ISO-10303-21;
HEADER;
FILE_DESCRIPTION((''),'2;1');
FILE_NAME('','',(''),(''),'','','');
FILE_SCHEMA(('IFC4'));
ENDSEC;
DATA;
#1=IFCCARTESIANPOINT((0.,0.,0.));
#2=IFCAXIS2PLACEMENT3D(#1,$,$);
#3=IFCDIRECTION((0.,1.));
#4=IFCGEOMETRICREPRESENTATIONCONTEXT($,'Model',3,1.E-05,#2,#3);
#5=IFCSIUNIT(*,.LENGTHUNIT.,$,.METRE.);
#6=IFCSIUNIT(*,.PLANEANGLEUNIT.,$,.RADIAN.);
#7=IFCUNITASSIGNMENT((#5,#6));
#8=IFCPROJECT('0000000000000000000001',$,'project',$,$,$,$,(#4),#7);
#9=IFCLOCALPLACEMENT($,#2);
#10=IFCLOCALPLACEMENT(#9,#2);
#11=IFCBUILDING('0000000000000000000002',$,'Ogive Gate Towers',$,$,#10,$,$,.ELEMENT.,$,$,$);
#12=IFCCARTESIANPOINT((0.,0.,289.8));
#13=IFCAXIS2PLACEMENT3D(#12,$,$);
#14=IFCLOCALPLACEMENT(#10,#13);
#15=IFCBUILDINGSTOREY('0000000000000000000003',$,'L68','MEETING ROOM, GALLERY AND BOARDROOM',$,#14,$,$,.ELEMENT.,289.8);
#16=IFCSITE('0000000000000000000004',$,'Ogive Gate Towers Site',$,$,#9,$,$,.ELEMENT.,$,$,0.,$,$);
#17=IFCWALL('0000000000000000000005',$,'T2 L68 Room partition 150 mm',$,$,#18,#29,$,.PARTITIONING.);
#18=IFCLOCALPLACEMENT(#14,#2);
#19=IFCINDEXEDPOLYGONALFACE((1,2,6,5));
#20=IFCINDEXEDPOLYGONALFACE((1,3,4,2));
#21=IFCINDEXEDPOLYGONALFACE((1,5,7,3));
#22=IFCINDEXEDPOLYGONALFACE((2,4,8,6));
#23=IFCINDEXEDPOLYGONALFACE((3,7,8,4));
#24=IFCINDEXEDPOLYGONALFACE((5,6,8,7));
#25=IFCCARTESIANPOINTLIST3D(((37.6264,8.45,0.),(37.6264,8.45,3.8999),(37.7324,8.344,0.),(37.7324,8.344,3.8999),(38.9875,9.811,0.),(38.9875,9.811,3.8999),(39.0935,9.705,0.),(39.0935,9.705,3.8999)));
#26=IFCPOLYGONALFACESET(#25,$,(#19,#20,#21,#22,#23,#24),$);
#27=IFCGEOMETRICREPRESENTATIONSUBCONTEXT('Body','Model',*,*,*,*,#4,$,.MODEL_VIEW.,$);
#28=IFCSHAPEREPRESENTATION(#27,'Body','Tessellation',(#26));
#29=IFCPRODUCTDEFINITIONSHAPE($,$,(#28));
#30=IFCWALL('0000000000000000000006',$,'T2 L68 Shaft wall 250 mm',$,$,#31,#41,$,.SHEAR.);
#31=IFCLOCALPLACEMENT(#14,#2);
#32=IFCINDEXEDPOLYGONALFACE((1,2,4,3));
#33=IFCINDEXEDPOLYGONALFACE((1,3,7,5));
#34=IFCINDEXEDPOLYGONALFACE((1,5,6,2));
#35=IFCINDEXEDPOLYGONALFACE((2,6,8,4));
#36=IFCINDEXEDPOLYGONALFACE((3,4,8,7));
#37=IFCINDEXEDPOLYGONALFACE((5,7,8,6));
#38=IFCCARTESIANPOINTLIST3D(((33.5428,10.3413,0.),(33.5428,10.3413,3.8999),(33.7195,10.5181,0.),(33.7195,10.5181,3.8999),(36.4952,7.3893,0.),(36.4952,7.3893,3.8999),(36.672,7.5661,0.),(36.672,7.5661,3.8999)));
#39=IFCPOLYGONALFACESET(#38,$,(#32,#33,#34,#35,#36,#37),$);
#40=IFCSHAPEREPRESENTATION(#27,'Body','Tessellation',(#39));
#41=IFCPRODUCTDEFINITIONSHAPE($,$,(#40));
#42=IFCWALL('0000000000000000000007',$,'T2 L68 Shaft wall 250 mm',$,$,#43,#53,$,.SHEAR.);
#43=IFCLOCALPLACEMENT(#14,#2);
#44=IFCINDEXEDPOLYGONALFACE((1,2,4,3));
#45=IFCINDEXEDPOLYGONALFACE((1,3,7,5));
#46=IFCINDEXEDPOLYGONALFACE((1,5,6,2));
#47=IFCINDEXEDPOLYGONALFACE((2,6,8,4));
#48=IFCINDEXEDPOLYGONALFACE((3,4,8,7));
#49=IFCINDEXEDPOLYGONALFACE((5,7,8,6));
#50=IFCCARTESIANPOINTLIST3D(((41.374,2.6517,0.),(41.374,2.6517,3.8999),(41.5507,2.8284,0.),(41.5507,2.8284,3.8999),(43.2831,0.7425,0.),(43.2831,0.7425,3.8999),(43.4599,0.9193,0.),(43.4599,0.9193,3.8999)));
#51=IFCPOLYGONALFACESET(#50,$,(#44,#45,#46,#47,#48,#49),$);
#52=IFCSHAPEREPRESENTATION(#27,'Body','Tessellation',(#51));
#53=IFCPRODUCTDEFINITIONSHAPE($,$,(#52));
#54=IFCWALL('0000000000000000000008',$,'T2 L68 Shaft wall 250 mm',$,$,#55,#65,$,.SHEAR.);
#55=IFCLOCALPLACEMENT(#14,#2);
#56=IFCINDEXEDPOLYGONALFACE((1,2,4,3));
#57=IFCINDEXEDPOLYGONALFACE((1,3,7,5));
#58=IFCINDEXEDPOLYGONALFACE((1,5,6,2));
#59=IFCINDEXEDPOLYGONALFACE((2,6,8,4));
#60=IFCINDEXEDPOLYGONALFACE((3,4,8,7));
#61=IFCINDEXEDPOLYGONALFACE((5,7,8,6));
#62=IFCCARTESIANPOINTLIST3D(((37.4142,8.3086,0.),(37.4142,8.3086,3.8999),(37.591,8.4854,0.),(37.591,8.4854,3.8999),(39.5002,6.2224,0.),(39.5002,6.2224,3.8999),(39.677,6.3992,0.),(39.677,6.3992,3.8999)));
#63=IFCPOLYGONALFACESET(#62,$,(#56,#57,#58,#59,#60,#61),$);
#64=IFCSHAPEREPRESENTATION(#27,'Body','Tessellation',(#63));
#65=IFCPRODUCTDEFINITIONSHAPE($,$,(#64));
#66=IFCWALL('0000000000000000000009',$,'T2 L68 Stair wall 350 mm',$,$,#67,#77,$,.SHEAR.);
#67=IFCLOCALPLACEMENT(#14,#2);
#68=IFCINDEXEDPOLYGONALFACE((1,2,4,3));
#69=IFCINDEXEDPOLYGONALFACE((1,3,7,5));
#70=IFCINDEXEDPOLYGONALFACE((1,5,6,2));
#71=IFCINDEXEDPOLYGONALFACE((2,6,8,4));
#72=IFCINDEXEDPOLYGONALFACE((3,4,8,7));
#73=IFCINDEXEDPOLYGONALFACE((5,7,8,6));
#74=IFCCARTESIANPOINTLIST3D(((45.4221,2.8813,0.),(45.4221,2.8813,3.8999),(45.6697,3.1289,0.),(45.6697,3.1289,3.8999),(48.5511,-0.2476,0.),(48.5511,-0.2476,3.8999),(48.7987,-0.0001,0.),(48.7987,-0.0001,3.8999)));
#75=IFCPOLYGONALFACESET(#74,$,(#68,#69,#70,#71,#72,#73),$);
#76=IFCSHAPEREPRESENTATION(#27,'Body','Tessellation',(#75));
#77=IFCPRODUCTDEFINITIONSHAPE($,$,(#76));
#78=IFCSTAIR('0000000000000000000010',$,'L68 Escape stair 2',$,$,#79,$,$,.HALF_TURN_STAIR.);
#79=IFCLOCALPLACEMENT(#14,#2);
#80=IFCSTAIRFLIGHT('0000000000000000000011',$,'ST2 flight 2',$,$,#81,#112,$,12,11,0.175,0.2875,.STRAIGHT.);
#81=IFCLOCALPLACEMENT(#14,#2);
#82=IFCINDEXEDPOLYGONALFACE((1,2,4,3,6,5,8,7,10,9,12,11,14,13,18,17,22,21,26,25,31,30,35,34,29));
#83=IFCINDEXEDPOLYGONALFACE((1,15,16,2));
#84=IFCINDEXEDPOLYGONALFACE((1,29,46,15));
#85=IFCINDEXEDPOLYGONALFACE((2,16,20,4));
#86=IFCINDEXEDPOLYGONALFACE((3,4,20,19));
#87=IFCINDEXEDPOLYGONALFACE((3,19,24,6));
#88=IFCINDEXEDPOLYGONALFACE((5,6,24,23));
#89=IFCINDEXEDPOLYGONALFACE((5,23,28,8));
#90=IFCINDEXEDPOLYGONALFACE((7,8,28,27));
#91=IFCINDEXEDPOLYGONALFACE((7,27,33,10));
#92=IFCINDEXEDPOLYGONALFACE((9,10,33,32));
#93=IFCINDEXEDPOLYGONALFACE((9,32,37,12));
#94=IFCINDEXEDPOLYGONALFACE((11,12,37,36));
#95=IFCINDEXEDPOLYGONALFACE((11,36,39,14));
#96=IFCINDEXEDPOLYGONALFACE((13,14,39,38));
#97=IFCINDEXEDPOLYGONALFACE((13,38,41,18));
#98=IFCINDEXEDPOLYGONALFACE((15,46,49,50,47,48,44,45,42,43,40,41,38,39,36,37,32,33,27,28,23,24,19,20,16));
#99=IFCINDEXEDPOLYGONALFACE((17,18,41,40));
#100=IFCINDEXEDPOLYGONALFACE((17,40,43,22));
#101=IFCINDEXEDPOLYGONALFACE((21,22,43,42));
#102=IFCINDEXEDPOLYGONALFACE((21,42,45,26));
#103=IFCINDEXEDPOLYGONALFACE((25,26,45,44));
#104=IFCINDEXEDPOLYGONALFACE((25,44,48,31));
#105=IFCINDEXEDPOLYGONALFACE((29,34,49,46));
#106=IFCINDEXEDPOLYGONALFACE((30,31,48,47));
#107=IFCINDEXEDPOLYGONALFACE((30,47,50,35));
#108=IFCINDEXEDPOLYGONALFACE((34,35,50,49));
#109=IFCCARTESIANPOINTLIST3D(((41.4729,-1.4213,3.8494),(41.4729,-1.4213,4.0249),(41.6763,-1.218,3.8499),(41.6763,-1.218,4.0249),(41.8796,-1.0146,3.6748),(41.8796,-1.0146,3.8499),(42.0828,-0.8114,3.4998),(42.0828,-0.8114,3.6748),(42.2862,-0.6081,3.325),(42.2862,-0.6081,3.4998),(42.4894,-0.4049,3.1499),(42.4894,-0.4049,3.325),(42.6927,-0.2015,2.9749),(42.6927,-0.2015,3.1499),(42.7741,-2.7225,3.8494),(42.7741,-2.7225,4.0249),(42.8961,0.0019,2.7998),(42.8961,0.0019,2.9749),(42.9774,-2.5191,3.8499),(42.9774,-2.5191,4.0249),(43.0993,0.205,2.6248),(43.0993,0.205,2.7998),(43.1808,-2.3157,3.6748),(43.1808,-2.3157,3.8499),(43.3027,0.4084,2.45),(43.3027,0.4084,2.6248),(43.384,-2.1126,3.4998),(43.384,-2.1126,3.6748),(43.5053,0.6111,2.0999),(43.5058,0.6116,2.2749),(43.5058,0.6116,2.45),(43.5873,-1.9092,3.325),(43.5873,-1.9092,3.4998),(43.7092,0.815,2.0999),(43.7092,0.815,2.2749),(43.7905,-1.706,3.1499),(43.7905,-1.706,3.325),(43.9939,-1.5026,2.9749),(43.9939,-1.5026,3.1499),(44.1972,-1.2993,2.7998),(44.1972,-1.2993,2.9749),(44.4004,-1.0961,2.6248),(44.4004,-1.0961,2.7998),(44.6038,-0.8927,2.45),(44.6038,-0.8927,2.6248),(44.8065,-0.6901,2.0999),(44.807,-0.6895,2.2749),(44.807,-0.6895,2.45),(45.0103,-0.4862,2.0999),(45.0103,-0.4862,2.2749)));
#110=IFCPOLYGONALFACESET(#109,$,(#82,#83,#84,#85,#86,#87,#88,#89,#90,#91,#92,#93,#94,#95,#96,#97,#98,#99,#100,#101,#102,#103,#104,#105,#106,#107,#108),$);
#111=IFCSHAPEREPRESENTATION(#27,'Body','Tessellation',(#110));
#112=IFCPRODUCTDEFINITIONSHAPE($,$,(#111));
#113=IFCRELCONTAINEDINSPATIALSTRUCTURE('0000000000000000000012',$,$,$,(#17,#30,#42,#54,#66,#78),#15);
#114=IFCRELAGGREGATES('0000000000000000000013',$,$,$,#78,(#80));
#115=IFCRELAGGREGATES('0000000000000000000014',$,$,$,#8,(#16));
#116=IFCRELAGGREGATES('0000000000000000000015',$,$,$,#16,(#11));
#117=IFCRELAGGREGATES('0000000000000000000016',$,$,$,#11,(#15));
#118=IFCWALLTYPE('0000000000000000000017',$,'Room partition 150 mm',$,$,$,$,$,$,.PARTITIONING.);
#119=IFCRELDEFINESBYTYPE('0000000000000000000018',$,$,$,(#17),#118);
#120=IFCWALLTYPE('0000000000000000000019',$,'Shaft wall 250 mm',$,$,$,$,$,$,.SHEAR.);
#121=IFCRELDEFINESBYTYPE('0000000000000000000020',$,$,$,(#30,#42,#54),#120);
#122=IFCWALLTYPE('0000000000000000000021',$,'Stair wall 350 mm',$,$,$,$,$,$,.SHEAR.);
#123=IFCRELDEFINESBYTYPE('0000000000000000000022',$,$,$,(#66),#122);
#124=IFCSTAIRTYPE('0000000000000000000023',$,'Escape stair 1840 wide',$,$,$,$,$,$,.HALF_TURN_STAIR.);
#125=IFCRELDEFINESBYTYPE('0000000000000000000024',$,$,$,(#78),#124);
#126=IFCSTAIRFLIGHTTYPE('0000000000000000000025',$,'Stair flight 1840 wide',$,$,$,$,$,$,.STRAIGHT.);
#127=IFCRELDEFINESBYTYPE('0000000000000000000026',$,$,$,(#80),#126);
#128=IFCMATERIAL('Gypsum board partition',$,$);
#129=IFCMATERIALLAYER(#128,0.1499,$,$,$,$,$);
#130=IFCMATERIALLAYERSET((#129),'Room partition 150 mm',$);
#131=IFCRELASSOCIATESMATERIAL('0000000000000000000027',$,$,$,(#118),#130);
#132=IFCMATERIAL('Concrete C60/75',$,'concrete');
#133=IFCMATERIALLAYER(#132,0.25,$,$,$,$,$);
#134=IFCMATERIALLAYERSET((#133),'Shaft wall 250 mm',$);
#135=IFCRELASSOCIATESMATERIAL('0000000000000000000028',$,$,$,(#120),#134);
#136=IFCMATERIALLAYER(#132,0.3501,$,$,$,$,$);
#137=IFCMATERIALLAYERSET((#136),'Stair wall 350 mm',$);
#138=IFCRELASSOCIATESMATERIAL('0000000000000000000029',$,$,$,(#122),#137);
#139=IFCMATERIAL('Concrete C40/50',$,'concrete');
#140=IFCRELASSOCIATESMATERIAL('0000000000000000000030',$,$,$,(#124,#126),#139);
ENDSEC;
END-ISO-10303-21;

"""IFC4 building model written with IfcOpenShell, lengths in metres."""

from ifc_helpers import new_model, si_unit, direction, frame, frame_2d, origin, place, context, subcontext, project, spatial, polyline, rectangle, outline, extrude, material, layer, layer_set, type_object, element, aggregate, save


model = new_model("IFC4")

# Units and contexts
model_context = context("Model", 3, precision=1e-05, world=origin(), true_north=direction((0.0, 1.0)))
body_context = subcontext(model_context, "Body", "Model", "MODEL_VIEW")
ifc_project = project(units=[si_unit("LENGTHUNIT", "METRE"), si_unit("PLANEANGLEUNIT", "RADIAN")], contexts=[model_context])

# Site, building, storey
site_placement = place(None, origin())
site = spatial("IfcSite", under=ifc_project, at=site_placement, Name="Ogive Gate Towers Site", CompositionType="ELEMENT", RefElevation=0.0)
building_placement = place(site_placement, origin())
building = spatial("IfcBuilding", under=site, at=building_placement, Name="Ogive Gate Towers", CompositionType="ELEMENT")
storey_placement = place(building_placement, frame((0.0, 0.0, 289.8)))
storey = spatial("IfcBuildingStorey", under=building, at=storey_placement, Name="L68", Description="MEETING ROOM, GALLERY AND BOARDROOM", CompositionType="ELEMENT", Elevation=289.8)

# Shared definitions
ifc_material_1 = material(Name="Concrete C40/50", Category="concrete")

# Shared definitions
ifc_material_2 = material(Name="Concrete C60/75", Category="concrete")

# Walls
ifc_material_3 = material(Name="Gypsum board partition")
ifc_layer_1 = layer(ifc_material_3, 0.1499)
ifc_layer_set_1 = layer_set([ifc_layer_1], Name="Room partition 150 mm")
wall_type_1 = type_object("IfcWallType", Name="Room partition 150 mm", PredefinedType="PARTITIONING", material=ifc_layer_set_1)
wall_1_placement = place(storey_placement, frame((37.6794, 8.397, 0.0), z_axis=(0.0, 0.0, 1.0), x_axis=(0.707107, 0.707107, 0.0)))
element("IfcWall", 1, at=wall_1_placement, inside=storey, type_object=wall_type_1, Name="T2 L68 Room partition 150 mm", PredefinedType="PARTITIONING", context=body_context, shape_type="SweptSolid", body=[
    extrude(rectangle(XDim=1.9248, YDim=0.1499, at=frame_2d((0.9624, 0.0))), origin(), (0.0, 0.0, 1.0), 3.8999),
])
ifc_layer_2 = layer(ifc_material_2, 0.25)
ifc_layer_set_2 = layer_set([ifc_layer_2], Name="Shaft wall 250 mm")
wall_type_2 = type_object("IfcWallType", Name="Shaft wall 250 mm", PredefinedType="SHEAR", material=ifc_layer_set_2)
wall_2_placement = place(storey_placement, frame((36.5835, 7.4778, 0.0), z_axis=(0.0, 0.0, 1.0), x_axis=(-0.707165, 0.707048, 0.0)))
element("IfcWall", 2, at=wall_2_placement, inside=storey, type_object=wall_type_2, Name="T2 L68 Shaft wall 250 mm", PredefinedType="SHEAR", context=body_context, shape_type="SweptSolid", body=[
    extrude(rectangle(XDim=4.175, YDim=0.25, at=frame_2d((2.0874, 0.0))), origin(), (0.0, 0.0, 1.0), 3.8999),
])
wall_3_placement = place(storey_placement, frame((43.3716, 0.8308, 0.0), z_axis=(0.0, 0.0, 1.0), x_axis=(-0.707107, 0.707107, 0.0)))
element("IfcWall", 3, at=wall_3_placement, inside=storey, type_object=wall_type_2, Name="T2 L68 Shaft wall 250 mm", PredefinedType="SHEAR", context=body_context, shape_type="SweptSolid", body=[
    extrude(rectangle(XDim=2.7, YDim=0.25, at=frame_2d((1.3501, 0.0))), origin(), (0.0, 0.0, 1.0), 3.8999),
])
wall_4_placement = place(storey_placement, frame((39.5886, 6.3108, 0.0), z_axis=(0.0, 0.0, 1.0), x_axis=(-0.707065, 0.707148, 0.0)))
element("IfcWall", 4, at=wall_4_placement, inside=storey, type_object=wall_type_2, Name="T2 L68 Shaft wall 250 mm", PredefinedType="SHEAR", context=body_context, shape_type="SweptSolid", body=[
    extrude(rectangle(XDim=2.9502, YDim=0.25, at=frame_2d((1.4751, 0.0))), origin(), (0.0, 0.0, 1.0), 3.8999),
])
ifc_layer_3 = layer(ifc_material_2, 0.3501)
ifc_layer_set_3 = layer_set([ifc_layer_3], Name="Stair wall 350 mm")
wall_type_3 = type_object("IfcWallType", Name="Stair wall 350 mm", PredefinedType="SHEAR", material=ifc_layer_set_3)
wall_5_placement = place(storey_placement, frame((48.6748, -0.1238, 0.0), z_axis=(0.0, 0.0, 1.0), x_axis=(-0.707107, 0.707107, 0.0)))
element("IfcWall", 5, at=wall_5_placement, inside=storey, type_object=wall_type_3, Name="T2 L68 Stair wall 350 mm", PredefinedType="SHEAR", context=body_context, shape_type="SweptSolid", body=[
    extrude(rectangle(XDim=4.425, YDim=0.3501, at=frame_2d((2.2124, 0.0))), origin(), (0.0, 0.0, 1.0), 3.8999),
])

# Stair, stair flight
stair_type = type_object("IfcStairType", Name="Escape stair 1840 wide", PredefinedType="HALF_TURN_STAIR", material=ifc_material_1)
stair_placement = place(storey_placement, origin())
stair = element("IfcStair", 6, at=stair_placement, inside=storey, type_object=stair_type, Name="L68 Escape stair 2", PredefinedType="HALF_TURN_STAIR")
stair_flight_type = type_object("IfcStairFlightType", Name="Stair flight 1840 wide", PredefinedType="STRAIGHT", material=ifc_material_1)
stair_flight_placement = place(storey_placement, frame((44.3599, 0.1643, 2.0999), z_axis=(0.0, 0.0, 1.0), x_axis=(-0.707107, -0.707107, 0.0)))
stair_flight = element("IfcStairFlight", 7, at=stair_flight_placement, type_object=stair_flight_type, Name="ST2 flight 2", NumberOfRisers=12, NumberOfTreads=11, PredefinedType="STRAIGHT", RiserHeight=0.175, TreadLength=0.2875, context=body_context, shape_type="SweptSolid", body=[
    extrude(outline(polyline([(0.0, 0.0), (0.0, 0.175), (0.2876, 0.175), (0.2876, 0.3501), (0.575, 0.3501), (0.575, 0.5249), (0.8625, 0.5249), (0.8625, 0.7), (1.1499, 0.7), (1.1499, 0.875), (1.4375, 0.875), (1.4375, 1.05), (1.7251, 1.05), (1.7251, 1.2251), (2.0125, 1.2251), (2.0125, 1.3999), (2.3, 1.3999), (2.3, 1.575), (2.5874, 1.575), (2.5874, 1.75), (2.875, 1.75), (2.875, 1.925), (3.1626, 1.925), (3.1626, 2.1001), (3.1626, 1.7495), (0.2883, 0.0), (0.0, 0.0)])), frame((0.0, 0.9199, 0.0), z_axis=(0.0, -1.0, 0.0), x_axis=(1.0, 0.0, 0.0)), (0.0, 0.0, 1.0), 1.8401),
])
aggregate(stair, [stair_flight])

save(model, "model.ifc")
